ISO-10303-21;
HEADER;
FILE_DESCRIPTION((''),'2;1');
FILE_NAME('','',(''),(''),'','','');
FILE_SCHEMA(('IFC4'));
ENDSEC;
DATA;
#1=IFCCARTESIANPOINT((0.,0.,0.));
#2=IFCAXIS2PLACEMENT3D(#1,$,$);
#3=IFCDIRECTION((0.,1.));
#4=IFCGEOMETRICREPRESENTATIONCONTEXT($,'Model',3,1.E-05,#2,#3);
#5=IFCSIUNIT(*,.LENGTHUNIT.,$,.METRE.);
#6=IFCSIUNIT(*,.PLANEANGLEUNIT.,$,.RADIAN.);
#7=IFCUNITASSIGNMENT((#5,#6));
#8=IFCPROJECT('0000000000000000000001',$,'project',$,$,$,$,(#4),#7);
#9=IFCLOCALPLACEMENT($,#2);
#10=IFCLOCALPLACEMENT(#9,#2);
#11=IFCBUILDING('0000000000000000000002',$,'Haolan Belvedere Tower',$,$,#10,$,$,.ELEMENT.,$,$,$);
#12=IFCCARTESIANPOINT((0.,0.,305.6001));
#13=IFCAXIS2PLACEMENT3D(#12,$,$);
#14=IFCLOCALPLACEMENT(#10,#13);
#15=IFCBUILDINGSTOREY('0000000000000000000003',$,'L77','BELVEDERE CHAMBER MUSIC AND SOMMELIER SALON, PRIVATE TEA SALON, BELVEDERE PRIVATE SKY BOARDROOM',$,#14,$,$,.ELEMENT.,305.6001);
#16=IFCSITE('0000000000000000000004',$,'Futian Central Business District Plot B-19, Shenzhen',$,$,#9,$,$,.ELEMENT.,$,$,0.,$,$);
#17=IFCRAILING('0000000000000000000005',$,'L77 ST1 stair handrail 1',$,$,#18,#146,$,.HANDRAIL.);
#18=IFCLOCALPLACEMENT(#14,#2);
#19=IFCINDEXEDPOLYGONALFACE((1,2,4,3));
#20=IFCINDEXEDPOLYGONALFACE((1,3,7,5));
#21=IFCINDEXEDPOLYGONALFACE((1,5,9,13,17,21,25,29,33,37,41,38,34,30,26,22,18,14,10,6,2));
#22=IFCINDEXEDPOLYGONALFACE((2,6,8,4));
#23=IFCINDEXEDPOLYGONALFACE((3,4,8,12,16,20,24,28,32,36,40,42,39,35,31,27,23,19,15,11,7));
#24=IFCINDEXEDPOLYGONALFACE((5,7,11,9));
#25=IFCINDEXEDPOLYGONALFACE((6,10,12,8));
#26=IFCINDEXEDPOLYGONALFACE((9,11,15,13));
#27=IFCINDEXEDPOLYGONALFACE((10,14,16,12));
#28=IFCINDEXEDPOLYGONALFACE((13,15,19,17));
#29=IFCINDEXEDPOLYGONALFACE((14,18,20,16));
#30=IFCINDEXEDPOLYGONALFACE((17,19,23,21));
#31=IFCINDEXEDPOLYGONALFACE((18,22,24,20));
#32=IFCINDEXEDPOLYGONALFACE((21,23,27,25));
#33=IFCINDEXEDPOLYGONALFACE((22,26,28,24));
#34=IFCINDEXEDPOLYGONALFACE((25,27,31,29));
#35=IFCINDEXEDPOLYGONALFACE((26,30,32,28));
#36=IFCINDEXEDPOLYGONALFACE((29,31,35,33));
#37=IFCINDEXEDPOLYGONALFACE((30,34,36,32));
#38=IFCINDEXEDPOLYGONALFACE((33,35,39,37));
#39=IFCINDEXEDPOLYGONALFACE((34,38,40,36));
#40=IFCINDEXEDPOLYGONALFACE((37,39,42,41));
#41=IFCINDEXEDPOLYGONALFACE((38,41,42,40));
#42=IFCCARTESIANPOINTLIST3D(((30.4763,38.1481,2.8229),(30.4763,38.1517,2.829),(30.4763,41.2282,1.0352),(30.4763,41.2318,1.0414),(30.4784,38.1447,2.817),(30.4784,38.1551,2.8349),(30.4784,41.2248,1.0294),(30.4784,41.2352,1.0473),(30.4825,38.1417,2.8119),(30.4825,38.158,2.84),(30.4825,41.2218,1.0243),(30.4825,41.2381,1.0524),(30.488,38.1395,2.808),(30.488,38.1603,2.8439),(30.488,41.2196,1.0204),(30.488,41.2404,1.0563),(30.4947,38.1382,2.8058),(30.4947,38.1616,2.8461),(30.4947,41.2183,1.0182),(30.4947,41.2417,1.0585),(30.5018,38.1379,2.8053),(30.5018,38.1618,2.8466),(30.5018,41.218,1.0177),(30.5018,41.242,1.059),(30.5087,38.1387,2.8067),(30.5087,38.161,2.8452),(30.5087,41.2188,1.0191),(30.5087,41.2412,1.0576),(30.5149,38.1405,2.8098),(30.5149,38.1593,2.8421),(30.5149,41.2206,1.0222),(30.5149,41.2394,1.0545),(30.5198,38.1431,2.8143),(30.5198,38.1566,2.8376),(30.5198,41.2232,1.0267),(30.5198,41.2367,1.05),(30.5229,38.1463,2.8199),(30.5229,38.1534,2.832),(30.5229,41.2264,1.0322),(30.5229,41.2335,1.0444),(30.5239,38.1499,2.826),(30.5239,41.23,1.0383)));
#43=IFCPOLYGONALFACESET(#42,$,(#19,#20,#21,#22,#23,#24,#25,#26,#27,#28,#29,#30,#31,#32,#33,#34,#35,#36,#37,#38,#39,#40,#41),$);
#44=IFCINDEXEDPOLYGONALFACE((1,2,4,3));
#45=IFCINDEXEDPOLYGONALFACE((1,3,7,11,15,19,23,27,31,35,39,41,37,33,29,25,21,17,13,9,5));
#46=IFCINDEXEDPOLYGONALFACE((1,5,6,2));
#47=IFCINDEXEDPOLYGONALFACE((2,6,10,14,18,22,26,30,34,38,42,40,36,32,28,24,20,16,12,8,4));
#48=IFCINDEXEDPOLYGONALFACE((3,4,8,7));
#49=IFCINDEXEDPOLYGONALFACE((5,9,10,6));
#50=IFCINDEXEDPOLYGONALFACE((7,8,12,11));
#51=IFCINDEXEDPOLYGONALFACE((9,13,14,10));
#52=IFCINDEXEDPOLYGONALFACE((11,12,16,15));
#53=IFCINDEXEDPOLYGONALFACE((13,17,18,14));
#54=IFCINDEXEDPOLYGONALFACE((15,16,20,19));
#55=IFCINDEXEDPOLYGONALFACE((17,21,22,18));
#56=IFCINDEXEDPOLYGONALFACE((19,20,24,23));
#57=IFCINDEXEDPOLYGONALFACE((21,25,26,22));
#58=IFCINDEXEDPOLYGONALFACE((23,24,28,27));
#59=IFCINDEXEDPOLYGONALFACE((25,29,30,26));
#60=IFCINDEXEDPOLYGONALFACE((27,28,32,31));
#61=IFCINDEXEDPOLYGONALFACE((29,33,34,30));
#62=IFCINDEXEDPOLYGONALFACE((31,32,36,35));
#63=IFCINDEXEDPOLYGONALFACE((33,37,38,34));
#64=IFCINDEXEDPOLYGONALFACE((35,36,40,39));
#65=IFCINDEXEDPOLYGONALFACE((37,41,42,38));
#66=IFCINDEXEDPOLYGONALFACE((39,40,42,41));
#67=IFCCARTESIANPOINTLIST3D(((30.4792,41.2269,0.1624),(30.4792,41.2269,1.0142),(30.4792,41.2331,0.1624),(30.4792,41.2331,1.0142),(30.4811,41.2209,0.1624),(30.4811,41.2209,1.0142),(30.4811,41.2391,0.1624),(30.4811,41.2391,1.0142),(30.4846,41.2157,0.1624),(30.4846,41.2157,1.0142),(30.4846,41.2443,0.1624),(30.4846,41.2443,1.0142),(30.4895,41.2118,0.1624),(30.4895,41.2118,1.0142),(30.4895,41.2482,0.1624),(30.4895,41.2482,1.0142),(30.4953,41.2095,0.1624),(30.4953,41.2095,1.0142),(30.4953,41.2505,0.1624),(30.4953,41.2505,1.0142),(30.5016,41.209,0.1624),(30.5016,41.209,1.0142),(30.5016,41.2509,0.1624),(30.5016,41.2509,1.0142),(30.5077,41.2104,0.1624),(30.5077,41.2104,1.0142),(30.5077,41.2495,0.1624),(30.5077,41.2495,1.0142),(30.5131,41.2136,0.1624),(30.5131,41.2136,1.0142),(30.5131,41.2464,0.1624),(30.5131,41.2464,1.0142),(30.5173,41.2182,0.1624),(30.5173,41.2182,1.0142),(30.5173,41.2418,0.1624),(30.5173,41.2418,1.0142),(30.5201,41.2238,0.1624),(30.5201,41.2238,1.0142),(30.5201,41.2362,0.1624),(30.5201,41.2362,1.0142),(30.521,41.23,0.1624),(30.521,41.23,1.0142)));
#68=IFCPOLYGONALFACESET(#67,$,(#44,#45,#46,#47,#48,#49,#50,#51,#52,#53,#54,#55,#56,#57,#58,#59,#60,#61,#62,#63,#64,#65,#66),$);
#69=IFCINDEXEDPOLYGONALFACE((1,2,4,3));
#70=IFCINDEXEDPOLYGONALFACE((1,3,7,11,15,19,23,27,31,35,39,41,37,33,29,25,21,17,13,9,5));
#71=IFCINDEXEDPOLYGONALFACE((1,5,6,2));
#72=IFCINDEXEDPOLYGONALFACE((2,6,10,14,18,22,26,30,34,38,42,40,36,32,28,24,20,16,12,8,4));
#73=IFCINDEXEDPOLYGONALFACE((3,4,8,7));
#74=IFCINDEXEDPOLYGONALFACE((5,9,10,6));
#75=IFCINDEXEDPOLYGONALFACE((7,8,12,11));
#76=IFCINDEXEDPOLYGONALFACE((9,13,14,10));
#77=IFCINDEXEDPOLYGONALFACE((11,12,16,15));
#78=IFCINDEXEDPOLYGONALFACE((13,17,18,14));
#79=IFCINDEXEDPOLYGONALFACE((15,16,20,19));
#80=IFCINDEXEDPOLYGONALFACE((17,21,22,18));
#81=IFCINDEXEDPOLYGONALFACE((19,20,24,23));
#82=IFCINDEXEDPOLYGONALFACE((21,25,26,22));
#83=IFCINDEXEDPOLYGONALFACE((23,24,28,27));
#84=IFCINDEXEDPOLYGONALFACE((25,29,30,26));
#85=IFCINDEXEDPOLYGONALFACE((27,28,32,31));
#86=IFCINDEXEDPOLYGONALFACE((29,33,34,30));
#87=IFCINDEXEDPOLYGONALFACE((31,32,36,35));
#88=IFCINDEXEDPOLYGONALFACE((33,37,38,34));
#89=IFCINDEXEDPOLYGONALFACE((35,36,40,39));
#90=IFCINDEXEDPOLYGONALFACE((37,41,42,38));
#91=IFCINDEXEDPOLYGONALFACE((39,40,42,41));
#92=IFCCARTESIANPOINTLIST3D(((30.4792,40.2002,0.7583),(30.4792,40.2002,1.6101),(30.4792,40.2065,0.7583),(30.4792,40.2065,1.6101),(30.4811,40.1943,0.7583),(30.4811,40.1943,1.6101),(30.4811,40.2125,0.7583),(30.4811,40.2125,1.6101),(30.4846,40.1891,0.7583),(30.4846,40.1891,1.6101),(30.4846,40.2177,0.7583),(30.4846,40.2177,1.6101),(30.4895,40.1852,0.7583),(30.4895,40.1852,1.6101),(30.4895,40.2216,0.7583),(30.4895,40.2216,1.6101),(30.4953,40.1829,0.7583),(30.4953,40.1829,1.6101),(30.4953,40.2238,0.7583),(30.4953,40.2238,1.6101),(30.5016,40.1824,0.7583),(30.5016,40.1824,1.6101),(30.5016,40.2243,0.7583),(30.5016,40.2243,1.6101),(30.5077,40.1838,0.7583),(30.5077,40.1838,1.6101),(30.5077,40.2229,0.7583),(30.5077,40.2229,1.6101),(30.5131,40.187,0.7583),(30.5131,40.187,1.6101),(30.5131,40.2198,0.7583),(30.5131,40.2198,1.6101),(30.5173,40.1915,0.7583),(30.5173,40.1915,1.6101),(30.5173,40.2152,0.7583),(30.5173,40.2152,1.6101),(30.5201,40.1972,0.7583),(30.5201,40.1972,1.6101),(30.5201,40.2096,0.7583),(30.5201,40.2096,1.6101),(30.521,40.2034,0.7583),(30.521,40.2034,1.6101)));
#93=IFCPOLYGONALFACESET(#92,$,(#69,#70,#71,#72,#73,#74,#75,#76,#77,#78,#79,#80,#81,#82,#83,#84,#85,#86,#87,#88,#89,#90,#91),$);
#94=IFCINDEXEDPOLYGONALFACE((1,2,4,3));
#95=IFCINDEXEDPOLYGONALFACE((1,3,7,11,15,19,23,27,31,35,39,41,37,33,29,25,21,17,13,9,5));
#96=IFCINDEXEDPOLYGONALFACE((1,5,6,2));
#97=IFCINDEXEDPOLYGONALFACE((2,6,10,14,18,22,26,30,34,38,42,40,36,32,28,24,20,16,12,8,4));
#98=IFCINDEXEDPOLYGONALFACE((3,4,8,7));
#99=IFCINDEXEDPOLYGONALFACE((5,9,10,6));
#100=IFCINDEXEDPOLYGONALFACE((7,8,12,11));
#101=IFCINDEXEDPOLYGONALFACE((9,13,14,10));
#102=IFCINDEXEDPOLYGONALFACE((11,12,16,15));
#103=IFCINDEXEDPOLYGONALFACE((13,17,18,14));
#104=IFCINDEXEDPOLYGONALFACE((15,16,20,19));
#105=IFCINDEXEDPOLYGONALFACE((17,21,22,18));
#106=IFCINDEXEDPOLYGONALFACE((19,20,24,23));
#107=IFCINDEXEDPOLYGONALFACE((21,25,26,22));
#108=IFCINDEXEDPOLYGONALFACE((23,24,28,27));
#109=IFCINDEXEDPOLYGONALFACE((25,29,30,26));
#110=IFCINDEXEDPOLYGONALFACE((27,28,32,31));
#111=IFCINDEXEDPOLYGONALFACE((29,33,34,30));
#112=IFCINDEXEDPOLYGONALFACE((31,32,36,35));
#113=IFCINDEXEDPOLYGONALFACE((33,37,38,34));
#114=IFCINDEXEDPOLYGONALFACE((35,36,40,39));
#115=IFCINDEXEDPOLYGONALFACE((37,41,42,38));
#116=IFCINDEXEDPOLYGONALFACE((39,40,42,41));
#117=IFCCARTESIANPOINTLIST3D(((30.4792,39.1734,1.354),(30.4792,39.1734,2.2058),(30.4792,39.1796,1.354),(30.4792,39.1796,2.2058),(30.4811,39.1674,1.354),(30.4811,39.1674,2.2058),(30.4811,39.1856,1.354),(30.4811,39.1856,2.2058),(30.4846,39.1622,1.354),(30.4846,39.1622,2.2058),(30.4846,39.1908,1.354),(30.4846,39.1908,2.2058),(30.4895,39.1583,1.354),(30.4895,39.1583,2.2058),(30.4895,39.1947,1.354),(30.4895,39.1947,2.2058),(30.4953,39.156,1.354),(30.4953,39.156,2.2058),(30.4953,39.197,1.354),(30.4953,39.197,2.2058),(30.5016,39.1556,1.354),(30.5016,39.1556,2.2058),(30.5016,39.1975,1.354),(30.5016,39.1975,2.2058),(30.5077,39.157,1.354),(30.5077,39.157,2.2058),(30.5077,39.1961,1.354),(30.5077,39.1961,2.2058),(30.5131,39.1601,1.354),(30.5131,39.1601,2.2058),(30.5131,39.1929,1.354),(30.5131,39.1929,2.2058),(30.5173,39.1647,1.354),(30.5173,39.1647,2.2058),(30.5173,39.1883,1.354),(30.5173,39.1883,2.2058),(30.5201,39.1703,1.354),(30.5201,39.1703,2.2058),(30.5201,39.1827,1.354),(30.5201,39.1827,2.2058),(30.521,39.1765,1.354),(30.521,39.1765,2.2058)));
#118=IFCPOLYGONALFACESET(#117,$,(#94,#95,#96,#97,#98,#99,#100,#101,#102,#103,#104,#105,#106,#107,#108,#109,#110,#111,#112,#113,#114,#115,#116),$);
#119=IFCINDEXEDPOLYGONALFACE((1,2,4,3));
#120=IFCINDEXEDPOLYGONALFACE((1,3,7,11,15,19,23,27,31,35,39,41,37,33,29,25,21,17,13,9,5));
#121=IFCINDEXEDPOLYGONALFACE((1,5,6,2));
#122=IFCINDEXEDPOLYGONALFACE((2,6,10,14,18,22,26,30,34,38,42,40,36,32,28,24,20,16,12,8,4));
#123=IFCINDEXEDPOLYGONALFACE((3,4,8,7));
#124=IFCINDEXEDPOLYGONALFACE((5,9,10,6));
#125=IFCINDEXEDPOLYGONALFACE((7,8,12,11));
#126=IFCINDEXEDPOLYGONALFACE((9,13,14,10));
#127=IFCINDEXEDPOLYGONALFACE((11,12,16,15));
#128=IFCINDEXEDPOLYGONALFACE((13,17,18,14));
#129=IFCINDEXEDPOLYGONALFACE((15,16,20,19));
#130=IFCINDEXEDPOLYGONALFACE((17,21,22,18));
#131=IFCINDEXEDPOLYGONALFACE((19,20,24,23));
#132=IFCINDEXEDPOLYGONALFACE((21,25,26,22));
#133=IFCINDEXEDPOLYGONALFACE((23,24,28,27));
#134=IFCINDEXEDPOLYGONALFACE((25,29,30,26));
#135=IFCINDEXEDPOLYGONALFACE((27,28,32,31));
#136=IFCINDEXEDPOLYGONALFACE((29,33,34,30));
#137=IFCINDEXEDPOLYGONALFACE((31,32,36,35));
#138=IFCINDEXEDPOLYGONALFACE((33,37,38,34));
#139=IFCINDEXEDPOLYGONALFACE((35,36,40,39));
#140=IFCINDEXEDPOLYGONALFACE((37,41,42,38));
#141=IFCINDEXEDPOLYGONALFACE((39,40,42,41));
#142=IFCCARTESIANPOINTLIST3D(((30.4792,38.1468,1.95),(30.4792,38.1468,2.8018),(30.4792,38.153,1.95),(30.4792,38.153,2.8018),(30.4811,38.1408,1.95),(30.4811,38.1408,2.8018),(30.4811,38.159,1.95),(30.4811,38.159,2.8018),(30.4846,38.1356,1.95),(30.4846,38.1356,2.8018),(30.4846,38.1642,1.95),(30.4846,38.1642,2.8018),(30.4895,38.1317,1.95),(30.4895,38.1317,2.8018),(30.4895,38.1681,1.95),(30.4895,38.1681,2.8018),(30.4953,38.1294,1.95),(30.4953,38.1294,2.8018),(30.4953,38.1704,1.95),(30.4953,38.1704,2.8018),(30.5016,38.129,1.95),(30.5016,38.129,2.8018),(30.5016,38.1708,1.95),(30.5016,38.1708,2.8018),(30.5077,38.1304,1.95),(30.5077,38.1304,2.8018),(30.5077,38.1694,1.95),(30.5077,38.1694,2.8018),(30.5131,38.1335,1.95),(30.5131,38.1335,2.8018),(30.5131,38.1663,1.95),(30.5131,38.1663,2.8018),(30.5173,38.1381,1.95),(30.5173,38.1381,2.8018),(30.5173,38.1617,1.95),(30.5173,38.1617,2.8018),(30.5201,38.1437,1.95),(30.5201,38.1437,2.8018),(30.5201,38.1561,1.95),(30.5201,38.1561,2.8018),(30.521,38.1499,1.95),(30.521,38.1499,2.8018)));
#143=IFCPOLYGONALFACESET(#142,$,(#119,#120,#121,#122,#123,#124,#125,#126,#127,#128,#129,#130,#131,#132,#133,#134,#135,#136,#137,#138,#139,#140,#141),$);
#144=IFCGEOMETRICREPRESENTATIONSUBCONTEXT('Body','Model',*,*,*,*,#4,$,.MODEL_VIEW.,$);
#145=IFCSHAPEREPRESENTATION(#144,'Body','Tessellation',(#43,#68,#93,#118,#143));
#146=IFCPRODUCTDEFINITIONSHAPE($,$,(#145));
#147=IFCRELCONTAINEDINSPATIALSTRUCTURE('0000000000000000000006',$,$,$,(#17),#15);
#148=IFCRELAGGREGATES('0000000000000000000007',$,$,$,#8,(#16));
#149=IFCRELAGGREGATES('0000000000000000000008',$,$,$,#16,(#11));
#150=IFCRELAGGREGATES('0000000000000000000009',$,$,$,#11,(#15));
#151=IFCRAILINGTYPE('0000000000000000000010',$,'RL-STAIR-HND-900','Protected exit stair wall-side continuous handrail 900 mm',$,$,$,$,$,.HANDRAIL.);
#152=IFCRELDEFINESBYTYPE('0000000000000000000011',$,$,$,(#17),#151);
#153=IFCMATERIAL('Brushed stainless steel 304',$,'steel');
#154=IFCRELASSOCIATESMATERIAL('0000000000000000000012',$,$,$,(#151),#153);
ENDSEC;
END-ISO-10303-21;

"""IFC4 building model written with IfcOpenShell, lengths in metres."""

from ifc_helpers import new_model, si_unit, direction, frame, origin, origin_2d, place, context, subcontext, project, spatial, circle, extrude, material, type_object, element, save


model = new_model("IFC4")

# Units and contexts
model_context = context("Model", 3, precision=1e-05, world=origin(), true_north=direction((0.0, 1.0)))
body_context = subcontext(model_context, "Body", "Model", "MODEL_VIEW")
ifc_project = project(units=[si_unit("LENGTHUNIT", "METRE"), si_unit("PLANEANGLEUNIT", "RADIAN")], contexts=[model_context])

# Site, building, storey
site_placement = place(None, origin())
site = spatial("IfcSite", under=ifc_project, at=site_placement, Name="Futian Central Business District Plot B-19, Shenzhen", CompositionType="ELEMENT", RefElevation=0.0)
building_placement = place(site_placement, origin())
building = spatial("IfcBuilding", under=site, at=building_placement, Name="Haolan Belvedere Tower", CompositionType="ELEMENT")
storey_placement = place(building_placement, frame((0.0, 0.0, 305.6001)))
storey = spatial("IfcBuildingStorey", under=building, at=storey_placement, Name="L77", Description="BELVEDERE CHAMBER MUSIC AND SOMMELIER SALON, PRIVATE TEA SALON, BELVEDERE PRIVATE SKY BOARDROOM", CompositionType="ELEMENT", Elevation=305.6001)

# Railing
ifc_material_1 = material(Name="Brushed stainless steel 304", Category="steel")
railing_type_1 = type_object("IfcRailingType", Name="RL-STAIR-HND-900", Description="Protected exit stair wall-side continuous handrail 900 mm", PredefinedType="HANDRAIL", material=ifc_material_1)
railing_1_placement = place(storey_placement, frame((30.5, 41.23, 0.1624)))
element("IfcRailing", 1, at=railing_1_placement, inside=storey, type_object=railing_type_1, Name="L77 ST1 stair handrail 1", PredefinedType="HANDRAIL", context=body_context, shape_type="SweptSolid", body=[
    extrude(circle(Radius=0.0239, at=origin_2d()), frame((0.0, 0.0, 0.876), z_axis=(0.0, -0.864891, 0.50196), x_axis=(1.0, 0.0, 0.0)), (0.0, 0.0, 1.0), 3.5613),
    extrude(circle(Radius=0.021, at=origin_2d()), origin(), (0.0, 0.0, 1.0), 0.8518),
    extrude(circle(Radius=0.021, at=origin_2d()), frame((0.0, -1.0266, 0.5959)), (0.0, 0.0, 1.0), 0.8518),
    extrude(circle(Radius=0.021, at=origin_2d()), frame((0.0, -2.0535, 1.1917)), (0.0, 0.0, 1.0), 0.8518),
    extrude(circle(Radius=0.021, at=origin_2d()), frame((0.0, -3.0801, 1.7876)), (0.0, 0.0, 1.0), 0.8518),
])

save(model, "model.ifc")
